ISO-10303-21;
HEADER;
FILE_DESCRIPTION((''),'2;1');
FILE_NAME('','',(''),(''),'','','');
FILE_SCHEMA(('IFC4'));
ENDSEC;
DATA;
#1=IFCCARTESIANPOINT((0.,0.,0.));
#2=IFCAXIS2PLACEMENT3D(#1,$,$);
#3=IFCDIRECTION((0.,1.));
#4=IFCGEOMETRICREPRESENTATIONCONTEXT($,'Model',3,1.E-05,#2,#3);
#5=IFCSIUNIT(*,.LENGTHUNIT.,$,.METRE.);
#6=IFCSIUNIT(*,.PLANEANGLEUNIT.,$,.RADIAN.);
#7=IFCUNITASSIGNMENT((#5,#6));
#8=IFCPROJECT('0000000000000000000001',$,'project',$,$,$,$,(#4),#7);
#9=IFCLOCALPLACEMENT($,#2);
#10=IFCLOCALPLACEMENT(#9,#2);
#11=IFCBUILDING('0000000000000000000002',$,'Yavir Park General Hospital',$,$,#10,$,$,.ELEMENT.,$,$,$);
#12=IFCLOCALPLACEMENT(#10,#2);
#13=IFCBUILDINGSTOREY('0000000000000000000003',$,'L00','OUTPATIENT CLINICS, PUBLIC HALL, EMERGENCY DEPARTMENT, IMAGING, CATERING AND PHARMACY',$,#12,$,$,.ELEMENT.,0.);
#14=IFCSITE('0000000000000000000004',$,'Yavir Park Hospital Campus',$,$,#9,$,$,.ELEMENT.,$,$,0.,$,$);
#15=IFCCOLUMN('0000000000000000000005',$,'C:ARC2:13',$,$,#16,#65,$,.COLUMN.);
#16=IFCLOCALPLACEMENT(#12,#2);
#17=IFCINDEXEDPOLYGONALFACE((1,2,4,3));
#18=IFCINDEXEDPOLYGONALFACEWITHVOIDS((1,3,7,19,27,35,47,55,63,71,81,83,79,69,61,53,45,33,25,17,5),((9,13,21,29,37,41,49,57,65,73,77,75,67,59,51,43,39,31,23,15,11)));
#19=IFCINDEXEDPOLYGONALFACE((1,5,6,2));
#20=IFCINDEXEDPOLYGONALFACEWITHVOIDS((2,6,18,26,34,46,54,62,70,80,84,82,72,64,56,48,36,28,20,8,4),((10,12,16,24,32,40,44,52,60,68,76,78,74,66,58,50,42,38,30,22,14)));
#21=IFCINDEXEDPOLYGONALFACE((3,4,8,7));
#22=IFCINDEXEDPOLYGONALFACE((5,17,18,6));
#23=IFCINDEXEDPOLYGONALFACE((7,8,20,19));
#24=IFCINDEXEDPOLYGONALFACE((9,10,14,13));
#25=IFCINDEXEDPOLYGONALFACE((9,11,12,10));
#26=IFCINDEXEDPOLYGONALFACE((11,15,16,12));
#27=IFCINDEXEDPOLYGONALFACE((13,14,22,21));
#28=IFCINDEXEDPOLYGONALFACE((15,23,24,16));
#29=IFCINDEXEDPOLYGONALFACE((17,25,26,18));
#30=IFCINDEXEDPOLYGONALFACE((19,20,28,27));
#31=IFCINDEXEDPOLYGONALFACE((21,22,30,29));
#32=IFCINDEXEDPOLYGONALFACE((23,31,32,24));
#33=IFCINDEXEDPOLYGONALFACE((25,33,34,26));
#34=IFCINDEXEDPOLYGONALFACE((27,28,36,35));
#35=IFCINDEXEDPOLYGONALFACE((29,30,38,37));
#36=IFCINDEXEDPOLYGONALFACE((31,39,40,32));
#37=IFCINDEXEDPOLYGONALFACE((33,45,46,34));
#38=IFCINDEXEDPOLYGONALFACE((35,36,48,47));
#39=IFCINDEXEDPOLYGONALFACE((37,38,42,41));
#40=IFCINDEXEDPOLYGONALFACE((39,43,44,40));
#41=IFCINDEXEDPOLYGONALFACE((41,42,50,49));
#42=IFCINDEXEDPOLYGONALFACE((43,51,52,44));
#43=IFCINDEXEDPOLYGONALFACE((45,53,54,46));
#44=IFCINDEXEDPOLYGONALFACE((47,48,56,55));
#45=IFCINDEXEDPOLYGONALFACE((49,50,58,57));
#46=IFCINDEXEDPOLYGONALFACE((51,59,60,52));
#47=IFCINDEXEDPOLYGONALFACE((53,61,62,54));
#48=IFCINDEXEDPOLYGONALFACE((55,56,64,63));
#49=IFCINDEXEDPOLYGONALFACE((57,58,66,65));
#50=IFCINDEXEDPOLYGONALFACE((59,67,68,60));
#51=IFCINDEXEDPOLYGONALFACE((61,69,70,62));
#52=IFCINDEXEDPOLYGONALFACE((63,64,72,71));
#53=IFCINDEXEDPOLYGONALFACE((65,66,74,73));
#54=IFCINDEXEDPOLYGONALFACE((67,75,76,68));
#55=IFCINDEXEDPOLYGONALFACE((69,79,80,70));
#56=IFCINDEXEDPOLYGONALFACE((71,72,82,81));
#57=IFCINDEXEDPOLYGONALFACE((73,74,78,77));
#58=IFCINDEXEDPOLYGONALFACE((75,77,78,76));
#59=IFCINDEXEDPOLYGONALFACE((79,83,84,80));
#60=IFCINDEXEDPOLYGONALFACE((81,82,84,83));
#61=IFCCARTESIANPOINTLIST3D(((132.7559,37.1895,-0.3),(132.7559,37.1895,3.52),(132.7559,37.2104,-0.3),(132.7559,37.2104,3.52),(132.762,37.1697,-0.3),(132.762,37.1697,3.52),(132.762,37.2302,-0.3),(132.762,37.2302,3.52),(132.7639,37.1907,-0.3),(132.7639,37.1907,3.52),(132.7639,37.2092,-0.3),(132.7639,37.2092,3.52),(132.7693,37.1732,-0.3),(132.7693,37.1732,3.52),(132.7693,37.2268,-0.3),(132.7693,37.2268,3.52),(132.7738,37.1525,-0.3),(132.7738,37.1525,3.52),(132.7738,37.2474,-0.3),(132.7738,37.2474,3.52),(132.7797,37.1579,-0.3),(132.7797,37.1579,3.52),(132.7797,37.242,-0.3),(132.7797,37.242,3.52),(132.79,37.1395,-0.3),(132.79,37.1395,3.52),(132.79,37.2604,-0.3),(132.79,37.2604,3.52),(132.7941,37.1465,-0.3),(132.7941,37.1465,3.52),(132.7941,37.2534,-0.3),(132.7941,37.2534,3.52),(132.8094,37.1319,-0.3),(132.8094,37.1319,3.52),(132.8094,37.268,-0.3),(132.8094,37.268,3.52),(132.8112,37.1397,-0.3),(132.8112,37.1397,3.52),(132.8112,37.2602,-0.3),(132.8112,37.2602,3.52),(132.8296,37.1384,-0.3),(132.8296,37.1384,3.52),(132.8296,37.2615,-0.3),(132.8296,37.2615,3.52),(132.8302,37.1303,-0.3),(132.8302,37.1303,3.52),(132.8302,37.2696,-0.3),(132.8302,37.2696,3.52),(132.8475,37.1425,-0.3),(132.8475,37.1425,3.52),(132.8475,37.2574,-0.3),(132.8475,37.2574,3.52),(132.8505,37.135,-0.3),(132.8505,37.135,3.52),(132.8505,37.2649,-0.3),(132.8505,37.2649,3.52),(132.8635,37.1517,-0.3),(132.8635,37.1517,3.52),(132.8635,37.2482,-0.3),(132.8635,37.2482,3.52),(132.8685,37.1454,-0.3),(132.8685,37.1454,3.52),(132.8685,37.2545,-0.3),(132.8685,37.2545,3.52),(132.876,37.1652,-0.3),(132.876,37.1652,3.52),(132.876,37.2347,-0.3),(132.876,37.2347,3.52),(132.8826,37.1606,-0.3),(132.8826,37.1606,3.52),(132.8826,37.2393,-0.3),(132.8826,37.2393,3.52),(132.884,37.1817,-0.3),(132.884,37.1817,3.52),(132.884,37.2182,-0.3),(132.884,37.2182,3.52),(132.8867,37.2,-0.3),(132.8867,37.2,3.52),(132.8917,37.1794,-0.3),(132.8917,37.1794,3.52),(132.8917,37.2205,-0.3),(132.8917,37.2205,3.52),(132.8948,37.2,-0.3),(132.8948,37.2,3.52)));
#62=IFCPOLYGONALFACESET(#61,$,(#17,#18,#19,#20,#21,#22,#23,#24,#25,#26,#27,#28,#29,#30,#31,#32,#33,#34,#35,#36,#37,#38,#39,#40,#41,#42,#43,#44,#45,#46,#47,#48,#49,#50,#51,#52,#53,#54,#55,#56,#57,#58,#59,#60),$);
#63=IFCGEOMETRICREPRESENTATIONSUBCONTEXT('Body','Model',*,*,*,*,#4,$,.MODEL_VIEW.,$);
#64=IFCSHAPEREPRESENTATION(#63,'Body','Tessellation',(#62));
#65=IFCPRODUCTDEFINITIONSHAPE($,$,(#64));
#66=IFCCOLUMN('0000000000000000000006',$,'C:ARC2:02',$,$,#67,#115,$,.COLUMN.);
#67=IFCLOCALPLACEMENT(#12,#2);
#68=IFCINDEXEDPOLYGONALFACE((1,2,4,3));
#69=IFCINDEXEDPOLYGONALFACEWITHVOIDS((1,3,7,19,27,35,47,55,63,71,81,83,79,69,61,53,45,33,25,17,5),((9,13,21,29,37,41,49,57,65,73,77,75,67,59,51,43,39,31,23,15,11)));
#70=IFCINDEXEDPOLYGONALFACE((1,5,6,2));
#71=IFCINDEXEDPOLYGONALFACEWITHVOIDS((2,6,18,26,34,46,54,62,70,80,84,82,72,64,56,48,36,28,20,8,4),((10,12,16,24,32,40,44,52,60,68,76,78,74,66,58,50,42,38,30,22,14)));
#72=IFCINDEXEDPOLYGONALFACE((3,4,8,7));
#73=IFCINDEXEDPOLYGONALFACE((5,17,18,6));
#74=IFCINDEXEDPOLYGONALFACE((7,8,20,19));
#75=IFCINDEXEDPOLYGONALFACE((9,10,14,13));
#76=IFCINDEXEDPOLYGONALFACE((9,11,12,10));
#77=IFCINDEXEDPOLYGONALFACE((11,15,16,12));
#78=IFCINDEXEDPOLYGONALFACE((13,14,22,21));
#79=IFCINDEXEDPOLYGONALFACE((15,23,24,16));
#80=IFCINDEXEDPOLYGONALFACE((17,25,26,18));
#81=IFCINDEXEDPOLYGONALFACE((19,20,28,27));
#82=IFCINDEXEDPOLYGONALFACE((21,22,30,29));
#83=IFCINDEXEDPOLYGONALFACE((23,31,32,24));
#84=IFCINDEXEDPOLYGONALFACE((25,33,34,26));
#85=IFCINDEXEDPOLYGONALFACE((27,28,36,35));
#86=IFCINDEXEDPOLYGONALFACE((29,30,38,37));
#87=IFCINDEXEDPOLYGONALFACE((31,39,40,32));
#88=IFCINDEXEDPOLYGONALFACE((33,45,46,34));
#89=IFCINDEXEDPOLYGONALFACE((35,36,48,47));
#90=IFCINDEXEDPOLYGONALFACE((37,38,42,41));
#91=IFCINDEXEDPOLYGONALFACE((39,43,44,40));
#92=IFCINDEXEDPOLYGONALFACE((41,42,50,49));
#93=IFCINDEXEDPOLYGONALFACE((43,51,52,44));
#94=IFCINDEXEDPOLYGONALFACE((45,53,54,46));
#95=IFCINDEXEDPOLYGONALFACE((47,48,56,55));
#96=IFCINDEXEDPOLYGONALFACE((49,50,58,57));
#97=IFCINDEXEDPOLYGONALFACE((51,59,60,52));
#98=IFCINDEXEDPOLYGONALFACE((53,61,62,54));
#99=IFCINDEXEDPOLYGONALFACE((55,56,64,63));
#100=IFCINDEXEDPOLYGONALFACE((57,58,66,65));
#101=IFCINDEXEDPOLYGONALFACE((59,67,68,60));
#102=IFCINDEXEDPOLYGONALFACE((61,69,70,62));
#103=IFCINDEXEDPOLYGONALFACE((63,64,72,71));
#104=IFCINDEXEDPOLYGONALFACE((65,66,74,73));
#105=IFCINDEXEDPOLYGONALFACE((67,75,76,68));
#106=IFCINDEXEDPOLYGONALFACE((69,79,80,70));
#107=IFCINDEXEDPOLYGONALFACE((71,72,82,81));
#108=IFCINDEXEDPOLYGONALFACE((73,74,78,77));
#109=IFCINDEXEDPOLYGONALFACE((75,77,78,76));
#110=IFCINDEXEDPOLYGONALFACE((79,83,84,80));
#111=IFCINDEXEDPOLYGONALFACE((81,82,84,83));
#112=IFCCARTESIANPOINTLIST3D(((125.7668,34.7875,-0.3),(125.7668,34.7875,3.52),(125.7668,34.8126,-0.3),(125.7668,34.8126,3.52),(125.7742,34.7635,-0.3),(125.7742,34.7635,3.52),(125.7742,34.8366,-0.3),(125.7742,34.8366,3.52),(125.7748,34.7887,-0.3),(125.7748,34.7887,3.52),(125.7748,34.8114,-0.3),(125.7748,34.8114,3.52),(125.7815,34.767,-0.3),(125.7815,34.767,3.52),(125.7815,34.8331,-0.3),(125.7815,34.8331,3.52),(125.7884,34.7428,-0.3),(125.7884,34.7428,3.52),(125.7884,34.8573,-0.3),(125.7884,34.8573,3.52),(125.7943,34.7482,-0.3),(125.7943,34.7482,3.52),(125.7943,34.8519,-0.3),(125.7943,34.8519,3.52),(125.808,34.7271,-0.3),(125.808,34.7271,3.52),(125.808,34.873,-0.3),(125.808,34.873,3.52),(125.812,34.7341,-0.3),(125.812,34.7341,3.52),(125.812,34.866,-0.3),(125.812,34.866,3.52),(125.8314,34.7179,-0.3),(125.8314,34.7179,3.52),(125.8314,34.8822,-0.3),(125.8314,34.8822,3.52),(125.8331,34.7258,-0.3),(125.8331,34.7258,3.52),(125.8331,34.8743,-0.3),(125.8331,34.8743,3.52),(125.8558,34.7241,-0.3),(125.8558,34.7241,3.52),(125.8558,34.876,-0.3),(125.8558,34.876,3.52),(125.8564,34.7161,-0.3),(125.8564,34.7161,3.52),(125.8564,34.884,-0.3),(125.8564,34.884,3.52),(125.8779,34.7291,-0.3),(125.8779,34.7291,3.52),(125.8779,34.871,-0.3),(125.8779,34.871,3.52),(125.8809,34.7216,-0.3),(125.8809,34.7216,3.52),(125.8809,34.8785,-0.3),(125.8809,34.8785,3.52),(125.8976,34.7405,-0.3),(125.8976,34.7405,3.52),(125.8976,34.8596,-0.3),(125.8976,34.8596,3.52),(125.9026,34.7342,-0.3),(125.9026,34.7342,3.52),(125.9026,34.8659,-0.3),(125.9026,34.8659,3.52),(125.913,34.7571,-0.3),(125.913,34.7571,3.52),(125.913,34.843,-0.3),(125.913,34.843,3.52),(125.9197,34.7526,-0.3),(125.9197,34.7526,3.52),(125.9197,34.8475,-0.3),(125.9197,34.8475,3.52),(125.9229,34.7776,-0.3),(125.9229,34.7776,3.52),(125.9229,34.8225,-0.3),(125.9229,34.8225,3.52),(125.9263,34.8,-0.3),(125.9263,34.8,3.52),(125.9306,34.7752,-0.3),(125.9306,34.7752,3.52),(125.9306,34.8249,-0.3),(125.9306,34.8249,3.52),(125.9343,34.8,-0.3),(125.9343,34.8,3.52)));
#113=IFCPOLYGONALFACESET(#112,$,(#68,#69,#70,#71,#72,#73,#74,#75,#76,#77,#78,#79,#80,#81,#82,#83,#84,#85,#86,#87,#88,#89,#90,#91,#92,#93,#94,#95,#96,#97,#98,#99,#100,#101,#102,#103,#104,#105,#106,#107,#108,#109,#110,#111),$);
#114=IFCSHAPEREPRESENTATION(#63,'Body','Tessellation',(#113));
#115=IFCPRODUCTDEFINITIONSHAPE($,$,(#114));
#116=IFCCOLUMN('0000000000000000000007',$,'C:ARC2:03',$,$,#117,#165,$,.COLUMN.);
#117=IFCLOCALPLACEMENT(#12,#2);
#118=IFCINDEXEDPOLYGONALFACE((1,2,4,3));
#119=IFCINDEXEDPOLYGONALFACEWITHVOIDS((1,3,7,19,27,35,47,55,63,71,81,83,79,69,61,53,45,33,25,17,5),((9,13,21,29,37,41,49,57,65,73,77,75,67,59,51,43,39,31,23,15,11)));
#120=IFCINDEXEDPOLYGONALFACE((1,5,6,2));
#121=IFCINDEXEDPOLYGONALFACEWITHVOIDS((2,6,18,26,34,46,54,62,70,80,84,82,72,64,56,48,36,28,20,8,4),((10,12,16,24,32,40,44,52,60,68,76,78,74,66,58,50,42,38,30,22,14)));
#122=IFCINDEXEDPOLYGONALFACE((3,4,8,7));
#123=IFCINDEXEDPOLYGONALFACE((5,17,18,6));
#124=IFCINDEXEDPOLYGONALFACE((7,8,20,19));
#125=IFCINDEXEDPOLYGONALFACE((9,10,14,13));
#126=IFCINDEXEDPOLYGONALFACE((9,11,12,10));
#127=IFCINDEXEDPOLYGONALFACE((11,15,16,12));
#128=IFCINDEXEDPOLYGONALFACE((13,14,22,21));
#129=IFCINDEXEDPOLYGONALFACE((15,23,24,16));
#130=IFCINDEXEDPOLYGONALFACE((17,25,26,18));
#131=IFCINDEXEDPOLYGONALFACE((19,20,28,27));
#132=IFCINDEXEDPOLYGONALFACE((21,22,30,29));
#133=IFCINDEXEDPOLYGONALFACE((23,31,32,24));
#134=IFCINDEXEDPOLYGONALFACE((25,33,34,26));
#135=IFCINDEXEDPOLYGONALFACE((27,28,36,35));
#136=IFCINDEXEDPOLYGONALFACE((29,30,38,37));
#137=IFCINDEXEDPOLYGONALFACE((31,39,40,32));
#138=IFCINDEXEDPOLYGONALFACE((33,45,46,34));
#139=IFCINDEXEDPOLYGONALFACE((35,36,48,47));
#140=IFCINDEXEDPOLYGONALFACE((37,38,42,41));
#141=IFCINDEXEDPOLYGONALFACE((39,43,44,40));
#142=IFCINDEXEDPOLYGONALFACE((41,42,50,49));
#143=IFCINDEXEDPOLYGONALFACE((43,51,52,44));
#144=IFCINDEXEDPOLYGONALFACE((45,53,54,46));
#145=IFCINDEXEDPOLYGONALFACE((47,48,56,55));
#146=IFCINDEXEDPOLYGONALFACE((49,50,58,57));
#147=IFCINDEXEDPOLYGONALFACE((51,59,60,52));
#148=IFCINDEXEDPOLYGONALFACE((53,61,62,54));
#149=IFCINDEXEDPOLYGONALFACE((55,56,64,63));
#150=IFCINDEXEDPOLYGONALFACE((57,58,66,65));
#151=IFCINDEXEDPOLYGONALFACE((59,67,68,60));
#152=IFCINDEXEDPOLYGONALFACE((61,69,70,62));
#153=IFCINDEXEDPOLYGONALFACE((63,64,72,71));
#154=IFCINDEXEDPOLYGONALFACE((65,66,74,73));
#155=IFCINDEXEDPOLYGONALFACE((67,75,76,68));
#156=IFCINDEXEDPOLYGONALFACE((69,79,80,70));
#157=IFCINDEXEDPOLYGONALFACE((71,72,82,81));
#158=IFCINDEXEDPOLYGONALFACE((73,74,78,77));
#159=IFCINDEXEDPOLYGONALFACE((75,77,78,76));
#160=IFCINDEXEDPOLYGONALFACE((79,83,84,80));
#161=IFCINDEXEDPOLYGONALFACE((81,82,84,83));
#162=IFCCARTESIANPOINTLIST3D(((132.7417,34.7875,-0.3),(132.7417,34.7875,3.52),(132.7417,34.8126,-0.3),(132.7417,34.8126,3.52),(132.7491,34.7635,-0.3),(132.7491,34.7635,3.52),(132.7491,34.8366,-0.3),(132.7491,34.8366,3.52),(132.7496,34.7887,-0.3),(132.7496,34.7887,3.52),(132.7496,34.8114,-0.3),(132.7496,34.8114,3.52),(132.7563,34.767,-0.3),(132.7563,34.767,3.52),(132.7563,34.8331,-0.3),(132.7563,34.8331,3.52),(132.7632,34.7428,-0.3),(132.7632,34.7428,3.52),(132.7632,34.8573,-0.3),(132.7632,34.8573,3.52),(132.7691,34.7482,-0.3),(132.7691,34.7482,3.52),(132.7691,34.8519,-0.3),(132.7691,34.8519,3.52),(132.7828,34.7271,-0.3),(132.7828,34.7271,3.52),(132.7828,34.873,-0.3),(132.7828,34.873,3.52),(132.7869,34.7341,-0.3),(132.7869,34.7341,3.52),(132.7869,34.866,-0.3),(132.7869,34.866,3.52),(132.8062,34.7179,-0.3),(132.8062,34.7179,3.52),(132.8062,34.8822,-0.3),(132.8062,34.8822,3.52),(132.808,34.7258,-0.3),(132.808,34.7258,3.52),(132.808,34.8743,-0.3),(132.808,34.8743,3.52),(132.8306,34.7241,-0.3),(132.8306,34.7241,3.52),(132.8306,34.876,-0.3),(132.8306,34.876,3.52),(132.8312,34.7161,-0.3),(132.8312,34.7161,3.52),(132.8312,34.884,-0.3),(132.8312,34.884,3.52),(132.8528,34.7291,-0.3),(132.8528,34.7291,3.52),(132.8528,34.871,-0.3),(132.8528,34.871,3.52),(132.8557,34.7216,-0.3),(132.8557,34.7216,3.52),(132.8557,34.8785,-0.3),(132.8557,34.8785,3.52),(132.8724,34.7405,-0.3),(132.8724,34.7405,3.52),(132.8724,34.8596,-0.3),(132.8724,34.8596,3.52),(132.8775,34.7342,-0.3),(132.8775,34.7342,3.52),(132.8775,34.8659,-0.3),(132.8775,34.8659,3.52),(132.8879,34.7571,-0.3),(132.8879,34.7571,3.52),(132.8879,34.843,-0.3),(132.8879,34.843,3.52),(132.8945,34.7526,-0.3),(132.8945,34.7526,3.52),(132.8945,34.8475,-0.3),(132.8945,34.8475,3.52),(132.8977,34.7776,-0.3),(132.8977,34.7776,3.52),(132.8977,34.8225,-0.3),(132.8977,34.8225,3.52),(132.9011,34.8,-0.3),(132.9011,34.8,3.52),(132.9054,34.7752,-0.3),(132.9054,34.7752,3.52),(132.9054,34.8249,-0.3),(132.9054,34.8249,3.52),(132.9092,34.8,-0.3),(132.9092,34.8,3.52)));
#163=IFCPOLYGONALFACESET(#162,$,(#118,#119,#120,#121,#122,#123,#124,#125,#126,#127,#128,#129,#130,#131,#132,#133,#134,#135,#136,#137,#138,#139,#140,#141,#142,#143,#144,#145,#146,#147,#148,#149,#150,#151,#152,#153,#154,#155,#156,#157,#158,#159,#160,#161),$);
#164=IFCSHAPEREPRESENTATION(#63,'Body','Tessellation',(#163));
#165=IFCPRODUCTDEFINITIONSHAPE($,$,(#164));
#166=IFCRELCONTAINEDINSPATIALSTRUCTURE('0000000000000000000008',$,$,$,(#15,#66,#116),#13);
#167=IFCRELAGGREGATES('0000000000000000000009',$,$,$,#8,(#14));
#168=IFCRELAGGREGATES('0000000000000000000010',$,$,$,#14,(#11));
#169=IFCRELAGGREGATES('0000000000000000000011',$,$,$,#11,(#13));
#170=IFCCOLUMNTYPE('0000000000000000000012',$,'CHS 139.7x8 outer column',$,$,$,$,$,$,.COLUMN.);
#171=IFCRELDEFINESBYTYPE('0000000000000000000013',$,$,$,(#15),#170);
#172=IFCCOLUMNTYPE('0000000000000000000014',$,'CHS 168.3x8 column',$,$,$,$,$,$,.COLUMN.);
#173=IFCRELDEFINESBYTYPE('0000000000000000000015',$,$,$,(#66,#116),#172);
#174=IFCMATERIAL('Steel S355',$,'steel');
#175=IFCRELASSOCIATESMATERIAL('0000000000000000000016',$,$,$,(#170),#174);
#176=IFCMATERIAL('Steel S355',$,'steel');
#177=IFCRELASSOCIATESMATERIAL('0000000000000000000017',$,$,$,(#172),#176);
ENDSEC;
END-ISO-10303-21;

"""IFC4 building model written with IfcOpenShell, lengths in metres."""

from ifc_helpers import new_model, si_unit, direction, frame, origin, origin_2d, place, context, subcontext, project, spatial, hollow_circle, extrude, material, material_profile, profile_set, type_object, element, save


model = new_model("IFC4")

# Units and contexts
model_context = context("Model", 3, precision=1e-05, world=origin(), true_north=direction((0.0, 1.0)))
body_context = subcontext(model_context, "Body", "Model", "MODEL_VIEW")
ifc_project = project(units=[si_unit("LENGTHUNIT", "METRE"), si_unit("PLANEANGLEUNIT", "RADIAN")], contexts=[model_context])

# Site, building, storey
site_placement = place(None, origin())
site = spatial("IfcSite", under=ifc_project, at=site_placement, Name="Yavir Park Hospital Campus", CompositionType="ELEMENT", RefElevation=0.0)
building_placement = place(site_placement, origin())
building = spatial("IfcBuilding", under=site, at=building_placement, Name="Yavir Park General Hospital", CompositionType="ELEMENT")
storey_placement = place(building_placement, origin())
storey = spatial("IfcBuildingStorey", under=building, at=storey_placement, Name="L00", Description="OUTPATIENT CLINICS, PUBLIC HALL, EMERGENCY DEPARTMENT, IMAGING, CATERING AND PHARMACY", CompositionType="ELEMENT", Elevation=0.0)

# Columns
ifc_material_1 = material(Name="Steel S355", Category="steel")
ifc_material_profile_1 = material_profile(ifc_material_1, hollow_circle(Radius=0.0698, WallThickness=0.0081, at=origin_2d()), Name="CHS139.7x8")
ifc_profile_set_1 = profile_set([ifc_material_profile_1], Name="Steel S355")
column_type_1 = type_object("IfcColumnType", Name="CHS 139.7x8 outer column", PredefinedType="COLUMN", material=ifc_profile_set_1)
for number, where, z_axis, x_axis, name in (
    (1, (132.825, 37.2, -0.3), (0.0, 0.0, 1.0), (1.0, 0.0, 0.0), "C:ARC2:13"),
):
    element("IfcColumn", number, at=place(storey_placement, frame(where, z_axis=z_axis, x_axis=x_axis)), inside=storey, type_object=column_type_1, Name=name, PredefinedType="COLUMN", context=body_context, shape_type="SweptSolid", body=[
        extrude(hollow_circle(Radius=0.0698, WallThickness=0.0081, at=origin_2d()), origin(), (0.0, 0.0, 1.0), 3.8201),
    ])
ifc_material_2 = material(Name="Steel S355", Category="steel")
ifc_material_profile_2 = material_profile(ifc_material_2, hollow_circle(Radius=0.0842, WallThickness=0.0081, at=origin_2d()), Name="CHS168.3x8")
ifc_profile_set_2 = profile_set([ifc_material_profile_2], Name="Steel S355")
column_type_2 = type_object("IfcColumnType", Name="CHS 168.3x8 column", PredefinedType="COLUMN", material=ifc_profile_set_2)
for number, where, z_axis, x_axis, name in (
    (2, (125.8501, 34.8, -0.3), (0.0, 0.0, 1.0), (1.0, 0.0, 0.0), "C:ARC2:02"),
    (3, (132.825, 34.8, -0.3), (0.0, 0.0, 1.0), (1.0, 0.0, 0.0), "C:ARC2:03"),
):
    element("IfcColumn", number, at=place(storey_placement, frame(where, z_axis=z_axis, x_axis=x_axis)), inside=storey, type_object=column_type_2, Name=name, PredefinedType="COLUMN", context=body_context, shape_type="SweptSolid", body=[
        extrude(hollow_circle(Radius=0.0842, WallThickness=0.0081, at=origin_2d()), origin(), (0.0, 0.0, 1.0), 3.8201),
    ])

save(model, "model.ifc")
